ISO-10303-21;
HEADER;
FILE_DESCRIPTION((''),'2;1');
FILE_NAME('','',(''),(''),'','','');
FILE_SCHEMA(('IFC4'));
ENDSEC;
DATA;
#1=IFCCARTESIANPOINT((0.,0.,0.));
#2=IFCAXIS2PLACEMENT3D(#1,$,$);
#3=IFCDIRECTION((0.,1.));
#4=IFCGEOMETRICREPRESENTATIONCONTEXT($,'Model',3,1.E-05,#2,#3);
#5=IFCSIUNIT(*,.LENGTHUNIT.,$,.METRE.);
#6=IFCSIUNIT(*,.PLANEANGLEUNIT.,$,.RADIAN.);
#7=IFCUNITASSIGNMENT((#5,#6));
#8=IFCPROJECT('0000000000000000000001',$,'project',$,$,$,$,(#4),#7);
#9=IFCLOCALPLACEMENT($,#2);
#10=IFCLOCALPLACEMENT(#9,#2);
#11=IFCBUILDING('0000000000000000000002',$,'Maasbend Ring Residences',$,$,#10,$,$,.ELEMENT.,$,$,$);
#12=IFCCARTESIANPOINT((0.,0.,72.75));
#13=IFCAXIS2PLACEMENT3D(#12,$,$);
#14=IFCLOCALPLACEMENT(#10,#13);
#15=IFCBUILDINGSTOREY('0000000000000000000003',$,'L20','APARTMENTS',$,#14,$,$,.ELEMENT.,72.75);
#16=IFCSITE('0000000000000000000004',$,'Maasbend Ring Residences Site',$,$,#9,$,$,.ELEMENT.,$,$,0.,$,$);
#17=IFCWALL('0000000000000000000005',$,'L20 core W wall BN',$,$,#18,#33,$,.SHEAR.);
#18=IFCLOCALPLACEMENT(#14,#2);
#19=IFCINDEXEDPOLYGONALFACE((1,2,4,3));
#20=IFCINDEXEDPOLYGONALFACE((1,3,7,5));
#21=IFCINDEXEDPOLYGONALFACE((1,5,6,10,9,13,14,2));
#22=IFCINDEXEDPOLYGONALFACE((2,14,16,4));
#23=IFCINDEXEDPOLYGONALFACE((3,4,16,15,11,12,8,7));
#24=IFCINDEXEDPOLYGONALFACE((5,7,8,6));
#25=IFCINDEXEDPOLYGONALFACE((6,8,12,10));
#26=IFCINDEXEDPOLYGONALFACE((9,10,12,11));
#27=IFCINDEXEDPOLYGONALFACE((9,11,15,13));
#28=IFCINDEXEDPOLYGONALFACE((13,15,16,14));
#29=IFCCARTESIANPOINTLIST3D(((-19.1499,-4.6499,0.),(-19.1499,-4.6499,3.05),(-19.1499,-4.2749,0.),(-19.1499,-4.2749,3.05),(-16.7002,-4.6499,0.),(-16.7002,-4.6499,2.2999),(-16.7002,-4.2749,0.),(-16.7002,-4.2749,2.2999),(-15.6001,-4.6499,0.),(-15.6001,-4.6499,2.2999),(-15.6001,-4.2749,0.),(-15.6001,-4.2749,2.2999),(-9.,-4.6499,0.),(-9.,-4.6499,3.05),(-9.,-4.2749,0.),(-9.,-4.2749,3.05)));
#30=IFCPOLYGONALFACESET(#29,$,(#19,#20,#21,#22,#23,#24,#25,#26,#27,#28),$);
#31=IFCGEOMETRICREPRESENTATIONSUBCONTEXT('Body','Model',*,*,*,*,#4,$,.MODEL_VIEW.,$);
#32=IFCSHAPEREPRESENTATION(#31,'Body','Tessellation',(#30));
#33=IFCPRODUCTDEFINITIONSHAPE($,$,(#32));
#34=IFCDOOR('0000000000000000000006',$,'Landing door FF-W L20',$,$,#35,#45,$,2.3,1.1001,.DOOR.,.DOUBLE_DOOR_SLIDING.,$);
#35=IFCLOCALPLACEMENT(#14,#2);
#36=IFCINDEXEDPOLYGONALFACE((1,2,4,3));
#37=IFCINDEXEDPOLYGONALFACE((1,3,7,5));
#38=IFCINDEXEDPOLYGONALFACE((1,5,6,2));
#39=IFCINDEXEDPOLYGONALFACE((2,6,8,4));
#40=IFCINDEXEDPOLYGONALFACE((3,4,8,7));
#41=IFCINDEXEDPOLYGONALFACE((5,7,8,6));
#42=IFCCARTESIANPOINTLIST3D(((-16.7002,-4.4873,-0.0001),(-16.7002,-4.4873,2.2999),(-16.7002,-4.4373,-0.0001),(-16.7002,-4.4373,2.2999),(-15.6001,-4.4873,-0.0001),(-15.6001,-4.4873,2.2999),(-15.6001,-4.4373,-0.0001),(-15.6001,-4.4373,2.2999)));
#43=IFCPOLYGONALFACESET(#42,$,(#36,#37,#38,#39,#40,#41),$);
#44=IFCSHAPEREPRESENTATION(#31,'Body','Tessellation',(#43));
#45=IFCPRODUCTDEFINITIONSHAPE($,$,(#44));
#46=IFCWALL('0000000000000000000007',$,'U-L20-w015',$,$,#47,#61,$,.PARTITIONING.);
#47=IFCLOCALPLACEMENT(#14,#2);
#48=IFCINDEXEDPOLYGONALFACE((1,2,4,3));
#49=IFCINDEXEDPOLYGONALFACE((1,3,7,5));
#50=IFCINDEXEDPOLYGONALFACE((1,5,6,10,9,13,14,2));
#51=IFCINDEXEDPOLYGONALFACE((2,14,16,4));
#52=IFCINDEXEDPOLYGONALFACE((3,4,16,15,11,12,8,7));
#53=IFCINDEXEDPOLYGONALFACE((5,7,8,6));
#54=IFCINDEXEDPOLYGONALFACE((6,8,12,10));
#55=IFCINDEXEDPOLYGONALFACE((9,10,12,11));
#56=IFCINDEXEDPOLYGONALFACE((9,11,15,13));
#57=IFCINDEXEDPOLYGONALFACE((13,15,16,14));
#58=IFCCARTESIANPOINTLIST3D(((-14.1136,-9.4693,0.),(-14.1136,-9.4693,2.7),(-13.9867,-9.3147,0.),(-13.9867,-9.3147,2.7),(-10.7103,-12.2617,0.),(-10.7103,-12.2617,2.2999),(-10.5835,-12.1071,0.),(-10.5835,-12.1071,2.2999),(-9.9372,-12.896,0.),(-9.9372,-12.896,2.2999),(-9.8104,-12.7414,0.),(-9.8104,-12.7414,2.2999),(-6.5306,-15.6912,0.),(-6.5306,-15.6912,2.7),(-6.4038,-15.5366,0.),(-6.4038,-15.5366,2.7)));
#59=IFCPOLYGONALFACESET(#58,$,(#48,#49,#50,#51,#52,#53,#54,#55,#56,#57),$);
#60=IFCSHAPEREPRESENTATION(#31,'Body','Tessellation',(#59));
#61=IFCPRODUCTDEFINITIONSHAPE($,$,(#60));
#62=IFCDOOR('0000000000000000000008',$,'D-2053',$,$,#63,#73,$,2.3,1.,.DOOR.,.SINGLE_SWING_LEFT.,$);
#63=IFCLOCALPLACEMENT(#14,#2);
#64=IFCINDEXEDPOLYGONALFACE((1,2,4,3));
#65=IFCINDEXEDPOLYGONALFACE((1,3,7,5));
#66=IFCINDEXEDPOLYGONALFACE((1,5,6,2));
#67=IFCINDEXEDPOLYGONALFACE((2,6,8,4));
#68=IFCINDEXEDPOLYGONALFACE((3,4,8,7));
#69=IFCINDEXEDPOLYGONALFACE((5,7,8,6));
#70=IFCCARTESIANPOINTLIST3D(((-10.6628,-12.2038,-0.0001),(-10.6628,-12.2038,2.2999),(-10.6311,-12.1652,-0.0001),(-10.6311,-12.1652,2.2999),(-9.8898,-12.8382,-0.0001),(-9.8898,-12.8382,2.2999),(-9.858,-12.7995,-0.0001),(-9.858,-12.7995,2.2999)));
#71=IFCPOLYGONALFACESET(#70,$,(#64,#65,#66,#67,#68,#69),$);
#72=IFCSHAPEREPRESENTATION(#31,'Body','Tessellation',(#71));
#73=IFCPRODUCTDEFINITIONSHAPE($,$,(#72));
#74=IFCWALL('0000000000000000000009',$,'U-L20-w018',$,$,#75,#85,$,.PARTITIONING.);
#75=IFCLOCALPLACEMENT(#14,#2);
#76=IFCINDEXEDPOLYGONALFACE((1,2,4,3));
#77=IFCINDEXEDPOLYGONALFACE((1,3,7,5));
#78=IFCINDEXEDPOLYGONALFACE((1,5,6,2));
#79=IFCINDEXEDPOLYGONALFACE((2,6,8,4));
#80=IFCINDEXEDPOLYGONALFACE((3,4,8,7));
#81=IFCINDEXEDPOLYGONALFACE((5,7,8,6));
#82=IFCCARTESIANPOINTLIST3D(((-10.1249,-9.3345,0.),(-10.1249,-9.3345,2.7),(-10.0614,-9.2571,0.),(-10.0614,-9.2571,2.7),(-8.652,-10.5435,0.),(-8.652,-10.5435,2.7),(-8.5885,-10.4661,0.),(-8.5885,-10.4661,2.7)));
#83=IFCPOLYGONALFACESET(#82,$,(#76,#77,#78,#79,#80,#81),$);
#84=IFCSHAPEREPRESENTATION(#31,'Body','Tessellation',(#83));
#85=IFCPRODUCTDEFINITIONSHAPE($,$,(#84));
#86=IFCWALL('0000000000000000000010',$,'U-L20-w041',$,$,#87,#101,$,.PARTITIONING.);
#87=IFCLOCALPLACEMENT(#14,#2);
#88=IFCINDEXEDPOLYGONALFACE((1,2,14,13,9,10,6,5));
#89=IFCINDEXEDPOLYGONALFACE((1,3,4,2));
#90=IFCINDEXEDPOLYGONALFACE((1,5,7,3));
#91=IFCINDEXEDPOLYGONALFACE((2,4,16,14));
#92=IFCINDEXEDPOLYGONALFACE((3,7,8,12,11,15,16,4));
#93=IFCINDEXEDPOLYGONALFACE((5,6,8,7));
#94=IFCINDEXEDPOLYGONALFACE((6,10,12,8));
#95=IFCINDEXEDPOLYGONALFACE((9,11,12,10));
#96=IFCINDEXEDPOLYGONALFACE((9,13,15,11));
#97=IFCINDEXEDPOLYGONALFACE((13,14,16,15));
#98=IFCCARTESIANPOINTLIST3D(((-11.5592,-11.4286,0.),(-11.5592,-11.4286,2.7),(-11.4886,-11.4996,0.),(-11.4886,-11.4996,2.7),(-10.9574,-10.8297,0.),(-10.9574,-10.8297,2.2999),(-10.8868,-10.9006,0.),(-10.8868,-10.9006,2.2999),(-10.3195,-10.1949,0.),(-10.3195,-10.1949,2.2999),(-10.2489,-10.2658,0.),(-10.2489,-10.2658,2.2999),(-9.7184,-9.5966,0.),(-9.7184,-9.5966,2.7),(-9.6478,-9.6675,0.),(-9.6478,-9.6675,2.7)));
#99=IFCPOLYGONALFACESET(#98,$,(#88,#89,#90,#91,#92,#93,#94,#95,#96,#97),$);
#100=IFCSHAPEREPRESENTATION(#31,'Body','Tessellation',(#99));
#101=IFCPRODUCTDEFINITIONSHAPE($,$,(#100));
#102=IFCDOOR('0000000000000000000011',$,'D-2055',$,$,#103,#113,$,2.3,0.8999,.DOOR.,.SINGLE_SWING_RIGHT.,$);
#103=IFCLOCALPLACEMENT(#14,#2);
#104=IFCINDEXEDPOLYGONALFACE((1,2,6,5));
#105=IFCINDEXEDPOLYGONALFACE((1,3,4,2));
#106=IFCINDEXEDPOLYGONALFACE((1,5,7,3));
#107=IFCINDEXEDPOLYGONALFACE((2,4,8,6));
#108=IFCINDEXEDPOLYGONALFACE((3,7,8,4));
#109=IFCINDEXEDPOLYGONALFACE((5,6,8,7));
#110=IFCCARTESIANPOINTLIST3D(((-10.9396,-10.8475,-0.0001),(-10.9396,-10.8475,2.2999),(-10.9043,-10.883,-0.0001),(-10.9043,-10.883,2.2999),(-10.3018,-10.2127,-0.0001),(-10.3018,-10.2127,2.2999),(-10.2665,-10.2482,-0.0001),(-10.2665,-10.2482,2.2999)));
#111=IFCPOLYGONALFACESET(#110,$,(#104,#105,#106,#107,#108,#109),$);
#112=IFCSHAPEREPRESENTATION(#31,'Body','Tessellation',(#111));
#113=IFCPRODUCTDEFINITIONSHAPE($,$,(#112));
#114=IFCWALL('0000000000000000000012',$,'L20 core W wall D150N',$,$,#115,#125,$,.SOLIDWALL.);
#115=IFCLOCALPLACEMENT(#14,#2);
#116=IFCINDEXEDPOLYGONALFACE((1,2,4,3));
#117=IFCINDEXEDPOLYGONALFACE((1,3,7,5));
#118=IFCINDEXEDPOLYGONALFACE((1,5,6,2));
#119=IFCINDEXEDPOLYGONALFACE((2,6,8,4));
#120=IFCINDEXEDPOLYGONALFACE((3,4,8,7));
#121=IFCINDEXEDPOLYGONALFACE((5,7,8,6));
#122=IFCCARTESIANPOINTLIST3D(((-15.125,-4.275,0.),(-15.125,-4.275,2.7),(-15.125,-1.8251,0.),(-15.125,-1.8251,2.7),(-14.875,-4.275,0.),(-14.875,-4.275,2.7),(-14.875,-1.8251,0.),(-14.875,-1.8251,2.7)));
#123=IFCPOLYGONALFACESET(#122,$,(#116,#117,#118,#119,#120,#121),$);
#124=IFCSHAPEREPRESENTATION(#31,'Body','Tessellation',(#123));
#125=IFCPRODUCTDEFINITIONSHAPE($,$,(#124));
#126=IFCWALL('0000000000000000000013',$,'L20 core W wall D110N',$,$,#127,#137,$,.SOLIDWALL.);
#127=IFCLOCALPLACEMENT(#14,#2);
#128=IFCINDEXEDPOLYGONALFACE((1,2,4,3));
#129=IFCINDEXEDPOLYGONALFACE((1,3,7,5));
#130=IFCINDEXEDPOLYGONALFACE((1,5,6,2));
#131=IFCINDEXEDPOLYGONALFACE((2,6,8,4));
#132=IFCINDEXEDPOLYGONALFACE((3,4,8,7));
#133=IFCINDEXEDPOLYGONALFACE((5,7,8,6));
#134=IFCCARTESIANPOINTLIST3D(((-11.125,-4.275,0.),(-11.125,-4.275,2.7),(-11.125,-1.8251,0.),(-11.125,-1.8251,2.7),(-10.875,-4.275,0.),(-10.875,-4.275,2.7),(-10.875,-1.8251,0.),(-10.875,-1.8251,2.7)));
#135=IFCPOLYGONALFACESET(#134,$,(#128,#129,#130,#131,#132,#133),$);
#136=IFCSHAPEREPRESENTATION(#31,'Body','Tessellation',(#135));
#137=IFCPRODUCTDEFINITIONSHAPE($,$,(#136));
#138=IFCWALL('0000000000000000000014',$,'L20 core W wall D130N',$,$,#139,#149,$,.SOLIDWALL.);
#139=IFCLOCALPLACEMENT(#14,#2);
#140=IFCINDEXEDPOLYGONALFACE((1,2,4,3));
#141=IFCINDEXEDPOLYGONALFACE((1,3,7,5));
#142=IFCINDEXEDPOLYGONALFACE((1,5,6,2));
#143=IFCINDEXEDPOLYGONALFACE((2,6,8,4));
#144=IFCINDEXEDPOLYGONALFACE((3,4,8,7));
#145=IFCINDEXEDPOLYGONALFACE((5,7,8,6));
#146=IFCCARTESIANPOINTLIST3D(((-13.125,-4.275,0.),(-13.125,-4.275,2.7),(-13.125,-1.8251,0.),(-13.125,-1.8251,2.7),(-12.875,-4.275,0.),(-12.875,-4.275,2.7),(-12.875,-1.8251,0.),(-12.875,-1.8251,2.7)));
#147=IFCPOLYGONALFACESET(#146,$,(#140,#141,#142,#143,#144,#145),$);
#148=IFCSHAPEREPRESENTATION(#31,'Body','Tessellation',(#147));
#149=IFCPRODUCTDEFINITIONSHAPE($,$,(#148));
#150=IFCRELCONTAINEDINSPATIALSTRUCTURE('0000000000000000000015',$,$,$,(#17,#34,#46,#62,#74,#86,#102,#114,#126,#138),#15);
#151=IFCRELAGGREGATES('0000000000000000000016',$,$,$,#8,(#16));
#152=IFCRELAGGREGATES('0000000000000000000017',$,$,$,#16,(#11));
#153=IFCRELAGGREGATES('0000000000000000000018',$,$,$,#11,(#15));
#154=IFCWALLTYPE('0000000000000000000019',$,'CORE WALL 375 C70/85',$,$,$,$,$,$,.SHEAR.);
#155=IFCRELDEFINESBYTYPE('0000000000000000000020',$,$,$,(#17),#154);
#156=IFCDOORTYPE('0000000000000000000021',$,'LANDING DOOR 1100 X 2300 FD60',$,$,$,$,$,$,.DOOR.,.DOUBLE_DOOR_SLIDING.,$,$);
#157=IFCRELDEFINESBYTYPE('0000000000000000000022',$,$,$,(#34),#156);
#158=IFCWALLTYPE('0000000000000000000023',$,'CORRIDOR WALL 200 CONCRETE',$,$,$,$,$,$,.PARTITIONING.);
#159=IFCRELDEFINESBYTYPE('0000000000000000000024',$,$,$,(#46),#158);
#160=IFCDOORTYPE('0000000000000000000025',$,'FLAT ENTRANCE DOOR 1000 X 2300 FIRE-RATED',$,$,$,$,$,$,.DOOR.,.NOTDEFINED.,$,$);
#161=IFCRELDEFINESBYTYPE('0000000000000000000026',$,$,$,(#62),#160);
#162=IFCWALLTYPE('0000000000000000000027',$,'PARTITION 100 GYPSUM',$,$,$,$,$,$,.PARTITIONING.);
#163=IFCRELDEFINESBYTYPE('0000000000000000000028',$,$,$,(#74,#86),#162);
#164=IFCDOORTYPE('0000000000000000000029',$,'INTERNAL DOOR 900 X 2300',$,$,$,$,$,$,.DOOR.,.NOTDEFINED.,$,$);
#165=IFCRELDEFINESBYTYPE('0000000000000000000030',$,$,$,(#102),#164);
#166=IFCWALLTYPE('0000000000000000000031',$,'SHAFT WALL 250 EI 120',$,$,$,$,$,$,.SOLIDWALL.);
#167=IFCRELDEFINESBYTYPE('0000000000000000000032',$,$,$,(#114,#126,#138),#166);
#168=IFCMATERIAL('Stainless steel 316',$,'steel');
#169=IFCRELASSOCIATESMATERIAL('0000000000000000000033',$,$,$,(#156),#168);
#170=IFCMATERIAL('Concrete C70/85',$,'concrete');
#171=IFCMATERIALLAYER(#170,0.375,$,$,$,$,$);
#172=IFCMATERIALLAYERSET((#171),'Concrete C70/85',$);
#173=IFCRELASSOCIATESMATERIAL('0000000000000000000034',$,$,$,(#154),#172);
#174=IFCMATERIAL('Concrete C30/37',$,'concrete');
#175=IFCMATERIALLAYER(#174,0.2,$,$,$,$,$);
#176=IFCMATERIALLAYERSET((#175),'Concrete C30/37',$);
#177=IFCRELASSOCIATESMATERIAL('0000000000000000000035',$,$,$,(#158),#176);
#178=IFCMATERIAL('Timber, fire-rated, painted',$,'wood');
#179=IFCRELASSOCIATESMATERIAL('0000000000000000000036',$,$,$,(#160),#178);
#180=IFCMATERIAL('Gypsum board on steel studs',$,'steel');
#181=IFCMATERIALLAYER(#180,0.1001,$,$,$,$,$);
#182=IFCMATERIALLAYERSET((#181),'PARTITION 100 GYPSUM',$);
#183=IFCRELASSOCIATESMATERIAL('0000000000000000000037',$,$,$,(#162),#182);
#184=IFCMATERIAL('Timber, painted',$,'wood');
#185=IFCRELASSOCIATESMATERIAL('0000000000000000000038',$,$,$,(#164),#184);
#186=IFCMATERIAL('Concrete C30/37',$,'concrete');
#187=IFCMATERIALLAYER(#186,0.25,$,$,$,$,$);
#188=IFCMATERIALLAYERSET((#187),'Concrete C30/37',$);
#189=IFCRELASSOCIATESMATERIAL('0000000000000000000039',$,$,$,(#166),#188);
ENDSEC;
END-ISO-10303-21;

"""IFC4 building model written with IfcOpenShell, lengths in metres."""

from ifc_helpers import new_model, si_unit, direction, frame, frame_2d, origin, place, context, subcontext, project, spatial, rectangle, extrude, material, layer, layer_set, type_object, element, fill, save


model = new_model("IFC4")

# Units and contexts
model_context = context("Model", 3, precision=1e-05, world=origin(), true_north=direction((0.0, 1.0)))
body_context = subcontext(model_context, "Body", "Model", "MODEL_VIEW")
ifc_project = project(units=[si_unit("LENGTHUNIT", "METRE"), si_unit("PLANEANGLEUNIT", "RADIAN")], contexts=[model_context])

# Site, building, storey
site_placement = place(None, origin())
site = spatial("IfcSite", under=ifc_project, at=site_placement, Name="Maasbend Ring Residences Site", CompositionType="ELEMENT", RefElevation=0.0)
building_placement = place(site_placement, origin())
building = spatial("IfcBuilding", under=site, at=building_placement, Name="Maasbend Ring Residences", CompositionType="ELEMENT")
storey_placement = place(building_placement, frame((0.0, 0.0, 72.75)))
storey = spatial("IfcBuildingStorey", under=building, at=storey_placement, Name="L20", Description="APARTMENTS", CompositionType="ELEMENT", Elevation=72.75)

# Shared definitions
ifc_material_1 = material(Name="Stainless steel 316", Category="steel")
door_type_1 = type_object("IfcDoorType", Name="LANDING DOOR 1100 X 2300 FD60", OperationType="DOUBLE_DOOR_SLIDING", PredefinedType="DOOR", material=ifc_material_1)

# Walls, openings, doors
ifc_material_2 = material(Name="Concrete C70/85", Category="concrete")
ifc_layer_1 = layer(ifc_material_2, 0.375)
ifc_layer_set_1 = layer_set([ifc_layer_1], Name="Concrete C70/85")
wall_type_1 = type_object("IfcWallType", Name="CORE WALL 375 C70/85", PredefinedType="SHEAR", material=ifc_layer_set_1)
wall_1_placement = place(storey_placement, frame((-9.0, -4.4624, 0.0), z_axis=(0.0, 0.0, 1.0), x_axis=(-1.0, 0.0, 0.0)))
wall_1 = element("IfcWall", 1, at=wall_1_placement, inside=storey, type_object=wall_type_1, Name="L20 core W wall BN", PredefinedType="SHEAR", context=body_context, shape_type="SweptSolid", body=[
    extrude(rectangle(XDim=10.1499, YDim=0.375, at=frame_2d((5.075, 0.0))), origin(), (0.0, 0.0, 1.0), 3.05),
])
opening_1_placement = place(wall_1_placement, frame((6.6001, 0.0, 0.0)))
opening_1 = element("IfcOpeningElement", 2, at=opening_1_placement, cuts=wall_1, PredefinedType="OPENING", context=body_context, shape_type="SweptSolid", body=[
    extrude(rectangle(XDim=1.1001, YDim=2.3, at=frame_2d((0.55, 1.1499))), frame((0.0, 0.1975, 0.0), z_axis=(0.0, -1.0, 0.0), x_axis=(1.0, 0.0, 0.0)), (0.0, 0.0, 1.0), 0.395),
])
door_1_placement = place(opening_1_placement, origin())
door_1 = element("IfcDoor", 3, at=door_1_placement, inside=storey, type_object=door_type_1, Name="Landing door FF-W L20", OperationType="DOUBLE_DOOR_SLIDING", OverallHeight=2.3, OverallWidth=1.1001, PredefinedType="DOOR", context=body_context, shape_type="SweptSolid", body=[
    extrude(rectangle(XDim=1.1001, YDim=2.3, at=frame_2d((0.55, 1.1499))), frame((0.0, 0.0249, 0.0), z_axis=(0.0, -1.0, 0.0), x_axis=(1.0, 0.0, 0.0)), (0.0, 0.0, 1.0), 0.05),
])
fill(opening_1, door_1)
ifc_material_3 = material(Name="Concrete C30/37", Category="concrete")
ifc_layer_2 = layer(ifc_material_3, 0.2)
ifc_layer_set_2 = layer_set([ifc_layer_2], Name="Concrete C30/37")
wall_type_2 = type_object("IfcWallType", Name="CORRIDOR WALL 200 CONCRETE", PredefinedType="PARTITIONING", material=ifc_layer_set_2)
wall_2_placement = place(storey_placement, frame((-14.05, -9.3921, 0.0), z_axis=(0.0, 0.0, 1.0), x_axis=(0.773075, -0.634315, 0.0)))
wall_2 = element("IfcWall", 4, at=wall_2_placement, inside=storey, type_object=wall_type_2, Name="U-L20-w015", PredefinedType="PARTITIONING", context=body_context, shape_type="SweptSolid", body=[
    extrude(rectangle(XDim=9.8088, YDim=0.2, at=frame_2d((4.9043, 0.0))), origin(), (0.0, 0.0, 1.0), 2.7),
])
opening_2_placement = place(wall_2_placement, frame((4.4021, 0.0, 0.0)))
opening_2 = element("IfcOpeningElement", 5, at=opening_2_placement, cuts=wall_2, PredefinedType="OPENING", context=body_context, shape_type="SweptSolid", body=[
    extrude(rectangle(XDim=1.0, YDim=2.3, at=frame_2d((0.5, 1.1499))), frame((0.0, 0.1099, 0.0), z_axis=(0.0, -1.0, 0.0), x_axis=(1.0, 0.0, 0.0)), (0.0, 0.0, 1.0), 0.22),
])
ifc_material_4 = material(Name="Timber, fire-rated, painted", Category="wood")
door_type_2 = type_object("IfcDoorType", Name="FLAT ENTRANCE DOOR 1000 X 2300 FIRE-RATED", OperationType="NOTDEFINED", PredefinedType="DOOR", material=ifc_material_4)
door_2_placement = place(opening_2_placement, origin())
door_2 = element("IfcDoor", 6, at=door_2_placement, inside=storey, type_object=door_type_2, Name="D-2053", OperationType="SINGLE_SWING_LEFT", OverallHeight=2.3, OverallWidth=1.0, PredefinedType="DOOR", context=body_context, shape_type="SweptSolid", body=[
    extrude(rectangle(XDim=1.0, YDim=2.3, at=frame_2d((0.5, 1.1499))), frame((0.0, 0.0249, 0.0), z_axis=(0.0, -1.0, 0.0), x_axis=(1.0, 0.0, 0.0)), (0.0, 0.0, 1.0), 0.05),
])
fill(opening_2, door_2)

# Wall
ifc_material_5 = material(Name="Gypsum board on steel studs", Category="steel")
ifc_layer_3 = layer(ifc_material_5, 0.1001)
ifc_layer_set_3 = layer_set([ifc_layer_3], Name="PARTITION 100 GYPSUM")
wall_type_3 = type_object("IfcWallType", Name="PARTITION 100 GYPSUM", PredefinedType="PARTITIONING", material=ifc_layer_set_3)
wall_3_placement = place(storey_placement, frame((-10.093, -9.2959, 0.0), z_axis=(0.0, 0.0, 1.0), x_axis=(0.772957, -0.634458, 0.0)))
element("IfcWall", 7, at=wall_3_placement, inside=storey, type_object=wall_type_3, Name="U-L20-w018", PredefinedType="PARTITIONING", context=body_context, shape_type="SweptSolid", body=[
    extrude(rectangle(XDim=1.9055, YDim=0.1001, at=frame_2d((0.9526, 0.0))), origin(), (0.0, 0.0, 1.0), 2.7),
])

# Wall, opening, door
wall_4_placement = place(storey_placement, frame((-11.5239, -11.4641, 0.0), z_axis=(0.0, 0.0, 1.0), x_axis=(0.708797, 0.705413, 0.0)))
wall_4 = element("IfcWall", 8, at=wall_4_placement, inside=storey, type_object=wall_type_3, Name="U-L20-w041", PredefinedType="PARTITIONING", context=body_context, shape_type="SweptSolid", body=[
    extrude(rectangle(XDim=2.5972, YDim=0.1001, at=frame_2d((1.2986, 0.0))), origin(), (0.0, 0.0, 1.0), 2.7),
])
opening_3_placement = place(wall_4_placement, frame((0.8491, 0.0, 0.0)))
opening_3 = element("IfcOpeningElement", 9, at=opening_3_placement, cuts=wall_4, PredefinedType="OPENING", context=body_context, shape_type="SweptSolid", body=[
    extrude(rectangle(XDim=0.8999, YDim=2.3, at=frame_2d((0.45, 1.1499))), frame((0.0, 0.0601, 0.0), z_axis=(0.0, -1.0, 0.0), x_axis=(1.0, 0.0, 0.0)), (0.0, 0.0, 1.0), 0.1201),
])
ifc_material_6 = material(Name="Timber, painted", Category="wood")
door_type_3 = type_object("IfcDoorType", Name="INTERNAL DOOR 900 X 2300", OperationType="NOTDEFINED", PredefinedType="DOOR", material=ifc_material_6)
door_3_placement = place(opening_3_placement, origin())
door_3 = element("IfcDoor", 10, at=door_3_placement, inside=storey, type_object=door_type_3, Name="D-2055", OperationType="SINGLE_SWING_RIGHT", OverallHeight=2.3, OverallWidth=0.8999, PredefinedType="DOOR", context=body_context, shape_type="SweptSolid", body=[
    extrude(rectangle(XDim=0.8999, YDim=2.3, at=frame_2d((0.45, 1.1499))), frame((0.0, 0.0249, 0.0), z_axis=(0.0, -1.0, 0.0), x_axis=(1.0, 0.0, 0.0)), (0.0, 0.0, 1.0), 0.05),
])
fill(opening_3, door_3)

# Walls
ifc_material_7 = material(Name="Concrete C30/37", Category="concrete")
ifc_layer_4 = layer(ifc_material_7, 0.25)
ifc_layer_set_4 = layer_set([ifc_layer_4], Name="Concrete C30/37")
wall_type_4 = type_object("IfcWallType", Name="SHAFT WALL 250 EI 120", PredefinedType="SOLIDWALL", material=ifc_layer_set_4)
for number, where, z_axis, x_axis, name in (
    (11, (-15.0, -1.825, 0.0), (0.0, 0.0, 1.0), (0.0, -1.0, 0.0), "L20 core W wall D150N"),
    (12, (-11.0, -1.825, 0.0), (0.0, 0.0, 1.0), (0.0, -1.0, 0.0), "L20 core W wall D110N"),
    (13, (-13.0, -1.825, 0.0), (0.0, 0.0, 1.0), (0.0, -1.0, 0.0), "L20 core W wall D130N"),
):
    element("IfcWall", number, at=place(storey_placement, frame(where, z_axis=z_axis, x_axis=x_axis)), inside=storey, type_object=wall_type_4, Name=name, PredefinedType="SOLIDWALL", context=body_context, shape_type="SweptSolid", body=[
        extrude(rectangle(XDim=2.45, YDim=0.25, at=frame_2d((1.2251, 0.0))), origin(), (0.0, 0.0, 1.0), 2.7),
    ])

save(model, "model.ifc")
